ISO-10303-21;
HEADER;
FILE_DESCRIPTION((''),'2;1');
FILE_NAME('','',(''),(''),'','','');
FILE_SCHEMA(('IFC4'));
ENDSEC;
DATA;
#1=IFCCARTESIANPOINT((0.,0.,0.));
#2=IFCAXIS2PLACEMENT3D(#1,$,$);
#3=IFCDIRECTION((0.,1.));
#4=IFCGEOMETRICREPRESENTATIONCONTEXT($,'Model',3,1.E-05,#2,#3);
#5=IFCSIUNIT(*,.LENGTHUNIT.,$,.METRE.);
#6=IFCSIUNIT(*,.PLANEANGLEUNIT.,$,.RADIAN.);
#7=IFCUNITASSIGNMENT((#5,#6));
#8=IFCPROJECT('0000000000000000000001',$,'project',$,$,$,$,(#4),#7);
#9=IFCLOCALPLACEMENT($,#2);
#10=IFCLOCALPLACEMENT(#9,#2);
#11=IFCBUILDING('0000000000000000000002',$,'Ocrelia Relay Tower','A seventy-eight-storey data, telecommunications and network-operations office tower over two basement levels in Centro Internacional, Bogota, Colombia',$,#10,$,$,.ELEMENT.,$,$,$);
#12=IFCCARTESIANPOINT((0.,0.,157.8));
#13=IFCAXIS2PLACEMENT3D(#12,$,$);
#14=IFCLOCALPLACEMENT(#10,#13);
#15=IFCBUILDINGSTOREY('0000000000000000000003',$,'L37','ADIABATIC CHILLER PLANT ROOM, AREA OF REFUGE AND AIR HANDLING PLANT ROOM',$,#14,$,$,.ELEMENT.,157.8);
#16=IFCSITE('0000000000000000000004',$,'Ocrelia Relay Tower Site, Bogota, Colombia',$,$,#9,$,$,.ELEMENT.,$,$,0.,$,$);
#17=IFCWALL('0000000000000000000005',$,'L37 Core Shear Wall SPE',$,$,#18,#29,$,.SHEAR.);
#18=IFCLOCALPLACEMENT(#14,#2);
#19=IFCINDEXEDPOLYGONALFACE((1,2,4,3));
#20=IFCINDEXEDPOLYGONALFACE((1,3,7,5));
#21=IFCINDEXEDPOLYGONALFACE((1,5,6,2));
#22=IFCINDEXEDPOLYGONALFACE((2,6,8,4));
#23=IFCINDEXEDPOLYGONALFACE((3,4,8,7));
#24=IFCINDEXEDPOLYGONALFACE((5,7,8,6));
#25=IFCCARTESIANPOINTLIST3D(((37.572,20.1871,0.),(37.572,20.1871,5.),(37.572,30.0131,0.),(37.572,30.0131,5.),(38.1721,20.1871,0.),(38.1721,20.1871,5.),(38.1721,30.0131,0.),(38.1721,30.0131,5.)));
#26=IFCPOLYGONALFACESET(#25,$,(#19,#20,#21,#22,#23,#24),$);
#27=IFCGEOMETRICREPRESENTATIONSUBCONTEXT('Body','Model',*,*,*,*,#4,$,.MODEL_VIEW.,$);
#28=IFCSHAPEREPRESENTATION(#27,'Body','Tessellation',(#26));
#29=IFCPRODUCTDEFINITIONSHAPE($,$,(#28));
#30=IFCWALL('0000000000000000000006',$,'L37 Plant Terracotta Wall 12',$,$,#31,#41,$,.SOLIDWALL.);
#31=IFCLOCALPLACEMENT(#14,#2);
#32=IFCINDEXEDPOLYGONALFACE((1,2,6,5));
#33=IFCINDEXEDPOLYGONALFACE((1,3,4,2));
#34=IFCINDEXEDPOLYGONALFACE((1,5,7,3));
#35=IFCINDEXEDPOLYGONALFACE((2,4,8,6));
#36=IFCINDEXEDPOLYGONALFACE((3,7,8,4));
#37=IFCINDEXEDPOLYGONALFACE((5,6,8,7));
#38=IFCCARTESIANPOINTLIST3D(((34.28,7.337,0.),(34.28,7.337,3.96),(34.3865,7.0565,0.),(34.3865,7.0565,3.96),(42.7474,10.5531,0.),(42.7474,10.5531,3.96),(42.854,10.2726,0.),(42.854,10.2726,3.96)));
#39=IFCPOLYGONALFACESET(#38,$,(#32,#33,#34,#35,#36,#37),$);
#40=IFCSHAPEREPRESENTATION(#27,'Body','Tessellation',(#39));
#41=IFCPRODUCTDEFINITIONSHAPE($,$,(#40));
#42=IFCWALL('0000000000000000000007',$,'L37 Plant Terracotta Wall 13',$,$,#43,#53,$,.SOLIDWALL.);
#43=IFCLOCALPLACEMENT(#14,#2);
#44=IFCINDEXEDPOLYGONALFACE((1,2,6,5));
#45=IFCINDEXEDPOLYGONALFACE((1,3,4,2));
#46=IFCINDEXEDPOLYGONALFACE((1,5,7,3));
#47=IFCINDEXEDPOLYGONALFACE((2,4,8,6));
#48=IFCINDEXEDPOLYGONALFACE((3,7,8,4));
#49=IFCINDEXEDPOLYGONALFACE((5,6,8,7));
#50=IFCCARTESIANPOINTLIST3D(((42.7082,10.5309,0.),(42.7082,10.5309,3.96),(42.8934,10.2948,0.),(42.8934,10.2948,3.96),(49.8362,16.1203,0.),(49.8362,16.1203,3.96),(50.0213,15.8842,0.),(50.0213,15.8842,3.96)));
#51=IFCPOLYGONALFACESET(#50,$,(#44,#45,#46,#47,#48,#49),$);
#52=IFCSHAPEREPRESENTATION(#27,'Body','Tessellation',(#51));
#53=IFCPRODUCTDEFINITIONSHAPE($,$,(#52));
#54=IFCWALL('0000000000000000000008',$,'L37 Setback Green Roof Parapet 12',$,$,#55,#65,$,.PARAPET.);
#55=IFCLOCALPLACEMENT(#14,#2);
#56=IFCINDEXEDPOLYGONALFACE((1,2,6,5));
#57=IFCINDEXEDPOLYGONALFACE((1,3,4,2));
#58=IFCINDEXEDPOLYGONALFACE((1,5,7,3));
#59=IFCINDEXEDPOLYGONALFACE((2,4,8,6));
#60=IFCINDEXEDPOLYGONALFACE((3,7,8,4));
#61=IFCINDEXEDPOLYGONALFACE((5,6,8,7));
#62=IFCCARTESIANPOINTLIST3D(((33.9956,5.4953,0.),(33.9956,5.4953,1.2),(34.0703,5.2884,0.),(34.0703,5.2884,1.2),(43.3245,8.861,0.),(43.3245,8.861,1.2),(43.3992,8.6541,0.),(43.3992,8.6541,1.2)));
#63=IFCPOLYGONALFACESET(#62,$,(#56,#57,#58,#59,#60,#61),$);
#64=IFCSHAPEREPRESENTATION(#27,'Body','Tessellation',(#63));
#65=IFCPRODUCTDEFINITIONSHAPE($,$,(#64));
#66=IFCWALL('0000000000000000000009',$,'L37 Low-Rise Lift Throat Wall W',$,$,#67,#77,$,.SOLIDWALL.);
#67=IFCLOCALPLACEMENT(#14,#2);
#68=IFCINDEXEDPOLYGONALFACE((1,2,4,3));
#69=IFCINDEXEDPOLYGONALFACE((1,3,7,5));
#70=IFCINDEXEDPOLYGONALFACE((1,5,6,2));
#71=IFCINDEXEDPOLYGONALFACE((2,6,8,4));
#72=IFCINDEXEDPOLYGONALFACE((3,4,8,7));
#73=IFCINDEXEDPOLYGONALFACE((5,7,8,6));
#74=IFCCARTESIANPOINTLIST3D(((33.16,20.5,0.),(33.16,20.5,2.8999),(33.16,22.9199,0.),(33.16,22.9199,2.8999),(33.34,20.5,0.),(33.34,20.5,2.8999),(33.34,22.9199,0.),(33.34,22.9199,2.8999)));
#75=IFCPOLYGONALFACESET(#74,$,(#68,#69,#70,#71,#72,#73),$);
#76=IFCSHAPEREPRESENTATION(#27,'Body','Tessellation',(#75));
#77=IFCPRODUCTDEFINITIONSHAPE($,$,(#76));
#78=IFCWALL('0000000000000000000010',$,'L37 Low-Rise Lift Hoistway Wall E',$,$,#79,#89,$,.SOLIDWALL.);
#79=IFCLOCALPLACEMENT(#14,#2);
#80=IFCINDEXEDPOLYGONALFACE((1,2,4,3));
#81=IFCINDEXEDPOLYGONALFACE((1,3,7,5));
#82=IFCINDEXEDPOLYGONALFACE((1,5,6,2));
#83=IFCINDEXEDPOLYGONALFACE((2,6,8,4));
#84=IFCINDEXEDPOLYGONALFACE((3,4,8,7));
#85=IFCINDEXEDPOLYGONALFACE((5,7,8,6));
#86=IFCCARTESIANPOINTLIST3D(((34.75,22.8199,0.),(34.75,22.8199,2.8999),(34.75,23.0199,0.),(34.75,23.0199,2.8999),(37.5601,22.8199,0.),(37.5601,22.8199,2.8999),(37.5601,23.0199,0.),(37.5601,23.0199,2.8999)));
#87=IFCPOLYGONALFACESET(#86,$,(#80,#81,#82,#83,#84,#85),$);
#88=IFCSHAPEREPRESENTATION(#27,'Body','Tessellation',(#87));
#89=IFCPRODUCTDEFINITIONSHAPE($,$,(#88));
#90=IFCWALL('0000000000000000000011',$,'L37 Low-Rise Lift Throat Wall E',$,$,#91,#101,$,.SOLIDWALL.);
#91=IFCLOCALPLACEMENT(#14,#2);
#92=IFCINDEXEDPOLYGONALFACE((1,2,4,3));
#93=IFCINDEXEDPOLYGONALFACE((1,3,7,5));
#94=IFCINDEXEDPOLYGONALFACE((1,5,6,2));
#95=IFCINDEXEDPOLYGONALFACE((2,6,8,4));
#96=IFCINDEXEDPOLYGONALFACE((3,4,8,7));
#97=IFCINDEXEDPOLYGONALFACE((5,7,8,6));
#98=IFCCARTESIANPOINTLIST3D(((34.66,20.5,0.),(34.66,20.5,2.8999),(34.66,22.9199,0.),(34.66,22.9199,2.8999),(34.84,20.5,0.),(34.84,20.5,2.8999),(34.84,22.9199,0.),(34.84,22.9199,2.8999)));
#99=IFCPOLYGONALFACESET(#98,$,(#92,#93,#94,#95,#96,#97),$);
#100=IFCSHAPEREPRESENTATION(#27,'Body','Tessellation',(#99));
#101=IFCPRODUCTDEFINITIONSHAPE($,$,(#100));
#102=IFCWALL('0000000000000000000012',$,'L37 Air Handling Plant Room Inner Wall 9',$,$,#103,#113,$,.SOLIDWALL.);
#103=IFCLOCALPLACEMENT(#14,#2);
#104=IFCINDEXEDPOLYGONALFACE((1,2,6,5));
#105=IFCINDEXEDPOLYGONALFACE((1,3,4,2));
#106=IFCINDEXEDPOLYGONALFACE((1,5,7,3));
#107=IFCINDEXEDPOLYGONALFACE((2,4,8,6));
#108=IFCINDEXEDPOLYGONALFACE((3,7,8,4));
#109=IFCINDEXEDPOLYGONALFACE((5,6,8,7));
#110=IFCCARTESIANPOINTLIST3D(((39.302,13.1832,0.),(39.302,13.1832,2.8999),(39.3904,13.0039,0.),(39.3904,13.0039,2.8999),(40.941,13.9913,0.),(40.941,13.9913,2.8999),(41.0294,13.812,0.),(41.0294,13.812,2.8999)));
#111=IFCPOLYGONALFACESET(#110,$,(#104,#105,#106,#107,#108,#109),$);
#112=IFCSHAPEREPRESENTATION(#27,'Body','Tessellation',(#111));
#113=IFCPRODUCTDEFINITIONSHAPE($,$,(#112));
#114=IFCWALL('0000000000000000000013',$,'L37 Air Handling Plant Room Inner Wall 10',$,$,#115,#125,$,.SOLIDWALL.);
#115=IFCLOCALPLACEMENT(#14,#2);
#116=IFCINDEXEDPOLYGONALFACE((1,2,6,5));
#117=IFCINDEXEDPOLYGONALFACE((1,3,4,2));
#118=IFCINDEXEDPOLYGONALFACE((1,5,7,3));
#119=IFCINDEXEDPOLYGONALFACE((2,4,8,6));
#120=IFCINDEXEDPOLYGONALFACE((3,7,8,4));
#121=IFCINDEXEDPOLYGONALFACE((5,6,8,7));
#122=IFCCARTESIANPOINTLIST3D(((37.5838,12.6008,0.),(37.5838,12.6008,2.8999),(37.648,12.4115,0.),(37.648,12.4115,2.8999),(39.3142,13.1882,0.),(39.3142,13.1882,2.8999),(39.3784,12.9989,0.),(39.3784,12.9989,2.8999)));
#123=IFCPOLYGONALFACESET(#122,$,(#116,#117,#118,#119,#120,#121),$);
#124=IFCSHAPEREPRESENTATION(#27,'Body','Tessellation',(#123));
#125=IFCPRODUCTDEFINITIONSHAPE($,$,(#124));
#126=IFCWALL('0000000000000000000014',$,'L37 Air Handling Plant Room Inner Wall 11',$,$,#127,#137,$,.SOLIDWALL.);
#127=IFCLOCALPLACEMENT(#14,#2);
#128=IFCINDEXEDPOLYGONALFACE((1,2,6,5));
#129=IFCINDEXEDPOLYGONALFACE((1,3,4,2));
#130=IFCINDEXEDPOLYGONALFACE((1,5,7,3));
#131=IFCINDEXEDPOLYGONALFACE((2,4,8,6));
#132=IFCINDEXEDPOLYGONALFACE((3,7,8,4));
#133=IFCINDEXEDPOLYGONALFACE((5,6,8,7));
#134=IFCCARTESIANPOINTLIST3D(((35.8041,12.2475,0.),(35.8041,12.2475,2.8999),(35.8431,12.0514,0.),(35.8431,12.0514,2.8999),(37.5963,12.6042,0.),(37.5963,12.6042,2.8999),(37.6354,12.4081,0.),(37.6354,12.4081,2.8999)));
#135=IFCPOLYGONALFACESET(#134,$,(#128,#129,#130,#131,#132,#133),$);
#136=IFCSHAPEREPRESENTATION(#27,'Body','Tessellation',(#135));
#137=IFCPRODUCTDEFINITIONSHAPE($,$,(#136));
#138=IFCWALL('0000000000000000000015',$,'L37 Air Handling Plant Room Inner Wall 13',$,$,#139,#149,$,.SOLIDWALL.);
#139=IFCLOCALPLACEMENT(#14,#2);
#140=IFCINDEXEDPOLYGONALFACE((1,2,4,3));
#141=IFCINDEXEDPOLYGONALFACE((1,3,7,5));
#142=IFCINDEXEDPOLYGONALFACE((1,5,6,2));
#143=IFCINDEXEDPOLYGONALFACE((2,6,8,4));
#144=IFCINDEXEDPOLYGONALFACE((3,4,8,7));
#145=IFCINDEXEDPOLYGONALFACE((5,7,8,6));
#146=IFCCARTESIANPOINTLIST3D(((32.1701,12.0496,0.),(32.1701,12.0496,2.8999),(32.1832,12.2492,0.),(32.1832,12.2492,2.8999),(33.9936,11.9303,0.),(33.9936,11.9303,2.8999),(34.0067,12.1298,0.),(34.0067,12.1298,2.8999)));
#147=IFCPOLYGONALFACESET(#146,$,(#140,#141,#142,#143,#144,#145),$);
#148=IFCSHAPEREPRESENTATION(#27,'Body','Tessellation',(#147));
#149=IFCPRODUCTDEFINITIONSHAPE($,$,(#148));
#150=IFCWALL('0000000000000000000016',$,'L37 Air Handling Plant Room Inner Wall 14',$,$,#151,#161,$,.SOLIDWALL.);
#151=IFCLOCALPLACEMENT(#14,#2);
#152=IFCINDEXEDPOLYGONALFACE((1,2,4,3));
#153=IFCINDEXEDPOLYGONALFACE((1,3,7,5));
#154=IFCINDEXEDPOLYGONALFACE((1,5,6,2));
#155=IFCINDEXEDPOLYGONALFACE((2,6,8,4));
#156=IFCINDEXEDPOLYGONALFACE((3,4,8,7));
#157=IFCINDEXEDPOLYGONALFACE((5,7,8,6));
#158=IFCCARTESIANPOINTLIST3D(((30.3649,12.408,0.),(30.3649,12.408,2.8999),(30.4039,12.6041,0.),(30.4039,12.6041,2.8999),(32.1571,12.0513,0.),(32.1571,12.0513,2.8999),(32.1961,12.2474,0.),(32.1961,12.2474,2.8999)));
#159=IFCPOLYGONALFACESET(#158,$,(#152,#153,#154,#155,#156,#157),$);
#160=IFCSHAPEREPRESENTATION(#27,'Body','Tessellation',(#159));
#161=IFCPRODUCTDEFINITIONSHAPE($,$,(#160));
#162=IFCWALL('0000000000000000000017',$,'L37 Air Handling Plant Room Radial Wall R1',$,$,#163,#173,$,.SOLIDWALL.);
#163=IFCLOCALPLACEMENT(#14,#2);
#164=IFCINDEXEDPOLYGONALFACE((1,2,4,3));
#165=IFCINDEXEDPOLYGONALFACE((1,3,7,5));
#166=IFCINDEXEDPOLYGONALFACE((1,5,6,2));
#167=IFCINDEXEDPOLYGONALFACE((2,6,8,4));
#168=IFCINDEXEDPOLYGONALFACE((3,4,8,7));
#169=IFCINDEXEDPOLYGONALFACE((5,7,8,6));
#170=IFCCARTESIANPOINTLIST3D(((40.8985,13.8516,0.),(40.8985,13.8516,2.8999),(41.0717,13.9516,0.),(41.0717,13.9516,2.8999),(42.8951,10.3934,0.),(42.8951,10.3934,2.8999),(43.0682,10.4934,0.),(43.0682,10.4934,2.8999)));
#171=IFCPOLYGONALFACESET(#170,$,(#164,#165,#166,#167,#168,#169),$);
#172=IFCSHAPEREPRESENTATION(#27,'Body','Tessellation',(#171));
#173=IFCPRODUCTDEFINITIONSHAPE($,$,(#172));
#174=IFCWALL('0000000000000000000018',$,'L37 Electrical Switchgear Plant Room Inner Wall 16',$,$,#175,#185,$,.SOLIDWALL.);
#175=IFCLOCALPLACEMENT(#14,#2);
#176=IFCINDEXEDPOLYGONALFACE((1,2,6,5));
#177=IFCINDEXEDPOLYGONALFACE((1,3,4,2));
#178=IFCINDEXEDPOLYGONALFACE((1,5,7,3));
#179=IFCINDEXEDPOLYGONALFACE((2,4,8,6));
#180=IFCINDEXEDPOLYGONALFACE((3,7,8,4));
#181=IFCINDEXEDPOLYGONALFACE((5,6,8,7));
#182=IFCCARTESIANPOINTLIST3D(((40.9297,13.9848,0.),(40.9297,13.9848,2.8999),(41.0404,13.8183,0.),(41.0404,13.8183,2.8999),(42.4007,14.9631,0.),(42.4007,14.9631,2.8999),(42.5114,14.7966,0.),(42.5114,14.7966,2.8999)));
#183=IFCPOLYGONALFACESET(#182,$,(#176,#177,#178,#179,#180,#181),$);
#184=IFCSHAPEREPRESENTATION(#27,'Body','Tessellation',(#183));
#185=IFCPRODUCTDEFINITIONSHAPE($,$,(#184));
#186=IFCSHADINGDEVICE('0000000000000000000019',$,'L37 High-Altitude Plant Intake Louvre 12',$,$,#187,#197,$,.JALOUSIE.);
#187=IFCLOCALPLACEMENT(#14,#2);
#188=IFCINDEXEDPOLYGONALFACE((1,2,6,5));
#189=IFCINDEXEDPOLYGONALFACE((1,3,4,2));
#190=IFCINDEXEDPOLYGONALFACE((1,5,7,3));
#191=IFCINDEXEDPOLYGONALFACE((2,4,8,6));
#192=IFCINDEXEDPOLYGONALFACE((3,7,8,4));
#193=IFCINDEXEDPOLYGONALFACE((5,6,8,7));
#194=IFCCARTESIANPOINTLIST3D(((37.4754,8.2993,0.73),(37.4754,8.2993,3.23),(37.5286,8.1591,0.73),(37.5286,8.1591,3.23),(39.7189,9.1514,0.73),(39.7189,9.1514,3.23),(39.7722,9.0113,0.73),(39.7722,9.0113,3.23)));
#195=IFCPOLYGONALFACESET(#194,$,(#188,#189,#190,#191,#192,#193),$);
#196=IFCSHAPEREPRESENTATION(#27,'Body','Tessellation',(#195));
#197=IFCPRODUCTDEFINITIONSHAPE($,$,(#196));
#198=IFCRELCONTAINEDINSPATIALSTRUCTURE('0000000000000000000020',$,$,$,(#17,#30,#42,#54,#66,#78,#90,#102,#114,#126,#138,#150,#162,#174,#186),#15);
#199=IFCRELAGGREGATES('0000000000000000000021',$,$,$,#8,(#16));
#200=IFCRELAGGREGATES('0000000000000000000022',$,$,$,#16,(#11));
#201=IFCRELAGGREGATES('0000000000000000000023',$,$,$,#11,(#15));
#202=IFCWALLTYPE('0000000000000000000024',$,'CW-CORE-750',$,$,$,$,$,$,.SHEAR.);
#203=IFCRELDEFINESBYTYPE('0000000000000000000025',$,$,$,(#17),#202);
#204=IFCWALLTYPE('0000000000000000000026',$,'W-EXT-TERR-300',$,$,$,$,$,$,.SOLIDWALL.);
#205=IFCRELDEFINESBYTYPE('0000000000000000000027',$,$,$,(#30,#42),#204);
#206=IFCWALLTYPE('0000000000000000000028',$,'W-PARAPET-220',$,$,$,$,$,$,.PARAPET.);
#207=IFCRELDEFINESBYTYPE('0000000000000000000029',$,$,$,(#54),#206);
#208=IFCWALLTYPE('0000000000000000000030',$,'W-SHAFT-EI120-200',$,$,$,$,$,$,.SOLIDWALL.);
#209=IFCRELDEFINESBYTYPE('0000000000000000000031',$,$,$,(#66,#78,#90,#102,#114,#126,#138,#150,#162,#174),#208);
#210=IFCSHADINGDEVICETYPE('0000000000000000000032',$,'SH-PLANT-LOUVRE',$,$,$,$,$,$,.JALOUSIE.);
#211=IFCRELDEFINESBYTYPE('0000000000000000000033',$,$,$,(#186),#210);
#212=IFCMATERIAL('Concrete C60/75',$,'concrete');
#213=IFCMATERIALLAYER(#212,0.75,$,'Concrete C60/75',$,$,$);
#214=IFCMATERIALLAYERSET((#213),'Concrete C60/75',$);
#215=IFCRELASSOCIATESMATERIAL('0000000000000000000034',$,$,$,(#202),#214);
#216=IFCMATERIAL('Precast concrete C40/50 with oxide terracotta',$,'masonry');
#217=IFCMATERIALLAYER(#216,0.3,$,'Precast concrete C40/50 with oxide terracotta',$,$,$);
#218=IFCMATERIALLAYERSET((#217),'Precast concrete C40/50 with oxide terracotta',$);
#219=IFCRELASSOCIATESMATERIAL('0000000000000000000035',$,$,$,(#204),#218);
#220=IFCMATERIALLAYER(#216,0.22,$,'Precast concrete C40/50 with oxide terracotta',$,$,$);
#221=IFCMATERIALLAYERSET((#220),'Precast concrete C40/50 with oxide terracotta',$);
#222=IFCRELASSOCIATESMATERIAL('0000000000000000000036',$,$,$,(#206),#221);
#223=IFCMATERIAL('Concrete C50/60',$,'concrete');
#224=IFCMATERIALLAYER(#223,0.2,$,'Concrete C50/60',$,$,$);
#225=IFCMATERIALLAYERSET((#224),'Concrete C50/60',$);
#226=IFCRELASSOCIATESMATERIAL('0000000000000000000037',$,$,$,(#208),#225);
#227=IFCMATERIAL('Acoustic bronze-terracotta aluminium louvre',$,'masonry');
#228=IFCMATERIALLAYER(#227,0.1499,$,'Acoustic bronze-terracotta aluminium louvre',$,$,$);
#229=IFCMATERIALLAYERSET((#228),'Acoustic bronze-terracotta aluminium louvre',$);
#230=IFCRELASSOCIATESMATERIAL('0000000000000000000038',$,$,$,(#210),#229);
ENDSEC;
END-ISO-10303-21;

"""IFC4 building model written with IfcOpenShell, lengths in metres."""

from ifc_helpers import new_model, si_unit, direction, frame, frame_2d, origin, origin_2d, place, context, subcontext, project, spatial, rectangle, extrude, material, layer, layer_set, type_object, element, save


model = new_model("IFC4")

# Units and contexts
model_context = context("Model", 3, precision=1e-05, world=origin(), true_north=direction((0.0, 1.0)))
body_context = subcontext(model_context, "Body", "Model", "MODEL_VIEW")
ifc_project = project(units=[si_unit("LENGTHUNIT", "METRE"), si_unit("PLANEANGLEUNIT", "RADIAN")], contexts=[model_context])

# Site, building, storey
site_placement = place(None, origin())
site = spatial("IfcSite", under=ifc_project, at=site_placement, Name="Ocrelia Relay Tower Site, Bogota, Colombia", CompositionType="ELEMENT", RefElevation=0.0)
building_placement = place(site_placement, origin())
building = spatial("IfcBuilding", under=site, at=building_placement, Name="Ocrelia Relay Tower", Description="A seventy-eight-storey data, telecommunications and network-operations office tower over two basement levels in Centro Internacional, Bogota, Colombia", CompositionType="ELEMENT")
storey_placement = place(building_placement, frame((0.0, 0.0, 157.8)))
storey = spatial("IfcBuildingStorey", under=building, at=storey_placement, Name="L37", Description="ADIABATIC CHILLER PLANT ROOM, AREA OF REFUGE AND AIR HANDLING PLANT ROOM", CompositionType="ELEMENT", Elevation=157.8)

# Shared definitions
ifc_material_1 = material(Name="Concrete C60/75", Category="concrete")

# Walls
ifc_layer_1 = layer(ifc_material_1, 0.75, Name="Concrete C60/75")
ifc_layer_set_1 = layer_set([ifc_layer_1], Name="Concrete C60/75")
wall_type_1 = type_object("IfcWallType", Name="CW-CORE-750", PredefinedType="SHEAR", material=ifc_layer_set_1)
wall_1_placement = place(storey_placement, frame((37.8721, 20.187, 0.0), z_axis=(0.0, 0.0, 1.0), x_axis=(0.0, 1.0, 0.0)))
element("IfcWall", 1, at=wall_1_placement, inside=storey, type_object=wall_type_1, Name="L37 Core Shear Wall SPE", PredefinedType="SHEAR", context=body_context, shape_type="SweptSolid", body=[
    extrude(rectangle(XDim=9.8259, YDim=0.6001, at=frame_2d((4.9131, 0.0))), origin(), (0.0, 0.0, 1.0), 5.0),
])
ifc_material_2 = material(Name="Precast concrete C40/50 with oxide terracotta", Category="masonry")
ifc_layer_2 = layer(ifc_material_2, 0.3, Name="Precast concrete C40/50 with oxide terracotta")
ifc_layer_set_2 = layer_set([ifc_layer_2], Name="Precast concrete C40/50 with oxide terracotta")
wall_type_2 = type_object("IfcWallType", Name="W-EXT-TERR-300", PredefinedType="SOLIDWALL", material=ifc_layer_set_2)
wall_2_placement = place(storey_placement, frame((34.3333, 7.1968, 0.0), z_axis=(0.0, 0.0, 1.0), x_axis=(0.934842, 0.355064, 0.0)))
element("IfcWall", 2, at=wall_2_placement, inside=storey, type_object=wall_type_2, Name="L37 Plant Terracotta Wall 12", PredefinedType="SOLIDWALL", context=body_context, shape_type="SweptSolid", body=[
    extrude(rectangle(XDim=9.0576, YDim=0.3, at=frame_2d((4.5288, 0.0))), origin(), (0.0, 0.0, 1.0), 3.96),
])
wall_3_placement = place(storey_placement, frame((42.8008, 10.4128, 0.0), z_axis=(0.0, 0.0, 1.0), x_axis=(0.786917, 0.617059, 0.0)))
element("IfcWall", 3, at=wall_3_placement, inside=storey, type_object=wall_type_2, Name="L37 Plant Terracotta Wall 13", PredefinedType="SOLIDWALL", context=body_context, shape_type="SweptSolid", body=[
    extrude(rectangle(XDim=9.0581, YDim=0.3, at=frame_2d((4.5291, 0.0))), origin(), (0.0, 0.0, 1.0), 3.96),
])
ifc_layer_3 = layer(ifc_material_2, 0.22, Name="Precast concrete C40/50 with oxide terracotta")
ifc_layer_set_3 = layer_set([ifc_layer_3], Name="Precast concrete C40/50 with oxide terracotta")
wall_type_3 = type_object("IfcWallType", Name="W-PARAPET-220", PredefinedType="PARAPET", material=ifc_layer_set_3)
wall_4_placement = place(storey_placement, frame((34.033, 5.3918, 0.0), z_axis=(0.0, 0.0, 1.0), x_axis=(0.940652, 0.339374, 0.0)))
element("IfcWall", 4, at=wall_4_placement, inside=storey, type_object=wall_type_3, Name="L37 Setback Green Roof Parapet 12", PredefinedType="PARAPET", context=body_context, shape_type="SweptSolid", body=[
    extrude(rectangle(XDim=9.9175, YDim=0.22, at=frame_2d((4.9587, 0.0))), origin(), (0.0, 0.0, 1.0), 1.2),
])
ifc_material_3 = material(Name="Concrete C50/60", Category="concrete")
ifc_layer_4 = layer(ifc_material_3, 0.2, Name="Concrete C50/60")
ifc_layer_set_4 = layer_set([ifc_layer_4], Name="Concrete C50/60")
wall_type_4 = type_object("IfcWallType", Name="W-SHAFT-EI120-200", PredefinedType="SOLIDWALL", material=ifc_layer_set_4)
wall_5_placement = place(storey_placement, frame((33.25, 20.5, 0.0), z_axis=(0.0, 0.0, 1.0), x_axis=(0.0, 1.0, 0.0)))
element("IfcWall", 5, at=wall_5_placement, inside=storey, type_object=wall_type_4, Name="L37 Low-Rise Lift Throat Wall W", PredefinedType="SOLIDWALL", context=body_context, shape_type="SweptSolid", body=[
    extrude(rectangle(XDim=2.4199, YDim=0.1799, at=frame_2d((1.21, 0.0))), origin(), (0.0, 0.0, 1.0), 2.8999),
])
wall_6_placement = place(storey_placement, frame((34.75, 22.9199, 0.0), z_axis=(0.0, 0.0, 1.0), x_axis=(1.0, 0.0, 0.0)))
element("IfcWall", 6, at=wall_6_placement, inside=storey, type_object=wall_type_4, Name="L37 Low-Rise Lift Hoistway Wall E", PredefinedType="SOLIDWALL", context=body_context, shape_type="SweptSolid", body=[
    extrude(rectangle(XDim=2.8101, YDim=0.2, at=frame_2d((1.405, 0.0))), origin(), (0.0, 0.0, 1.0), 2.8999),
])
wall_7_placement = place(storey_placement, frame((34.75, 20.5, 0.0), z_axis=(0.0, 0.0, 1.0), x_axis=(0.0, 1.0, 0.0)))
element("IfcWall", 7, at=wall_7_placement, inside=storey, type_object=wall_type_4, Name="L37 Low-Rise Lift Throat Wall E", PredefinedType="SOLIDWALL", context=body_context, shape_type="SweptSolid", body=[
    extrude(rectangle(XDim=2.4199, YDim=0.1799, at=frame_2d((1.21, 0.0))), origin(), (0.0, 0.0, 1.0), 2.8999),
])
for number, where, z_axis, x_axis, name in (
    (8, (40.9851, 13.9016, 0.0), (0.0, 0.0, 1.0), (-0.896898, -0.442237, 0.0), "L37 Air Handling Plant Room Inner Wall 9"),
    (9, (39.3462, 13.0935, 0.0), (0.0, 0.0, 1.0), (-0.946932, -0.321433, 0.0), "L37 Air Handling Plant Room Inner Wall 10"),
    (10, (37.6157, 12.5061, 0.0), (0.0, 0.0, 1.0), (-0.980765, -0.195191, 0.0), "L37 Air Handling Plant Room Inner Wall 11"),
):
    element("IfcWall", number, at=place(storey_placement, frame(where, z_axis=z_axis, x_axis=x_axis)), inside=storey, type_object=wall_type_4, Name=name, PredefinedType="SOLIDWALL", context=body_context, shape_type="SweptSolid", body=[
        extrude(rectangle(XDim=1.8274, YDim=0.2, at=frame_2d((0.9136, 0.0))), origin(), (0.0, 0.0, 1.0), 2.8999),
    ])

# Walls
for number, where, z_axis, x_axis, name in (
    (11, (34.0, 12.03, 0.0), (0.0, 0.0, 1.0), (-0.997864, 0.065331, 0.0), "L37 Air Handling Plant Room Inner Wall 13"),
    (12, (32.1765, 12.1494, 0.0), (0.0, 0.0, 1.0), (-0.980765, 0.195191, 0.0), "L37 Air Handling Plant Room Inner Wall 14"),
):
    element("IfcWall", number, at=place(storey_placement, frame(where, z_axis=z_axis, x_axis=x_axis)), inside=storey, type_object=wall_type_4, Name=name, PredefinedType="SOLIDWALL", context=body_context, shape_type="SweptSolid", body=[
        extrude(rectangle(XDim=1.8274, YDim=0.2, at=frame_2d((0.9136, 0.0))), origin(), (0.0, 0.0, 1.0), 2.8999),
    ])
wall_8_placement = place(storey_placement, frame((40.9851, 13.9016, 0.0), z_axis=(0.0, 0.0, 1.0), x_axis=(0.499992, -0.86603, 0.0)))
element("IfcWall", 13, at=wall_8_placement, inside=storey, type_object=wall_type_4, Name="L37 Air Handling Plant Room Radial Wall R1", PredefinedType="SOLIDWALL", context=body_context, shape_type="SweptSolid", body=[
    extrude(rectangle(XDim=3.9932, YDim=0.2, at=frame_2d((1.9966, 0.0))), origin(), (0.0, 0.0, 1.0), 2.8999),
])
wall_9_placement = place(storey_placement, frame((42.4561, 14.8799, 0.0), z_axis=(0.0, 0.0, 1.0), x_axis=(-0.832666, -0.553775, 0.0)))
element("IfcWall", 14, at=wall_9_placement, inside=storey, type_object=wall_type_4, Name="L37 Electrical Switchgear Plant Room Inner Wall 16", PredefinedType="SOLIDWALL", context=body_context, shape_type="SweptSolid", body=[
    extrude(rectangle(XDim=1.7666, YDim=0.2, at=frame_2d((0.8833, 0.0))), origin(), (0.0, 0.0, 1.0), 2.8999),
])

# Shading device
ifc_material_4 = material(Name="Acoustic bronze-terracotta aluminium louvre", Category="masonry")
ifc_layer_5 = layer(ifc_material_4, 0.1499, Name="Acoustic bronze-terracotta aluminium louvre")
ifc_layer_set_5 = layer_set([ifc_layer_5], Name="Acoustic bronze-terracotta aluminium louvre")
shading_device_type = type_object("IfcShadingDeviceType", Name="SH-PLANT-LOUVRE", PredefinedType="JALOUSIE", material=ifc_layer_set_5)
shading_device_placement = place(storey_placement, frame((38.6238, 8.6553, 0.73), z_axis=(0.0, 0.0, 1.0), x_axis=(0.934838, 0.355074, 0.0)))
element("IfcShadingDevice", 15, at=shading_device_placement, inside=storey, type_object=shading_device_type, Name="L37 High-Altitude Plant Intake Louvre 12", PredefinedType="JALOUSIE", context=body_context, shape_type="SweptSolid", body=[
    extrude(rectangle(XDim=2.3999, YDim=0.1499, at=origin_2d()), origin(), (0.0, 0.0, 1.0), 2.5),
])

save(model, "model.ifc")
